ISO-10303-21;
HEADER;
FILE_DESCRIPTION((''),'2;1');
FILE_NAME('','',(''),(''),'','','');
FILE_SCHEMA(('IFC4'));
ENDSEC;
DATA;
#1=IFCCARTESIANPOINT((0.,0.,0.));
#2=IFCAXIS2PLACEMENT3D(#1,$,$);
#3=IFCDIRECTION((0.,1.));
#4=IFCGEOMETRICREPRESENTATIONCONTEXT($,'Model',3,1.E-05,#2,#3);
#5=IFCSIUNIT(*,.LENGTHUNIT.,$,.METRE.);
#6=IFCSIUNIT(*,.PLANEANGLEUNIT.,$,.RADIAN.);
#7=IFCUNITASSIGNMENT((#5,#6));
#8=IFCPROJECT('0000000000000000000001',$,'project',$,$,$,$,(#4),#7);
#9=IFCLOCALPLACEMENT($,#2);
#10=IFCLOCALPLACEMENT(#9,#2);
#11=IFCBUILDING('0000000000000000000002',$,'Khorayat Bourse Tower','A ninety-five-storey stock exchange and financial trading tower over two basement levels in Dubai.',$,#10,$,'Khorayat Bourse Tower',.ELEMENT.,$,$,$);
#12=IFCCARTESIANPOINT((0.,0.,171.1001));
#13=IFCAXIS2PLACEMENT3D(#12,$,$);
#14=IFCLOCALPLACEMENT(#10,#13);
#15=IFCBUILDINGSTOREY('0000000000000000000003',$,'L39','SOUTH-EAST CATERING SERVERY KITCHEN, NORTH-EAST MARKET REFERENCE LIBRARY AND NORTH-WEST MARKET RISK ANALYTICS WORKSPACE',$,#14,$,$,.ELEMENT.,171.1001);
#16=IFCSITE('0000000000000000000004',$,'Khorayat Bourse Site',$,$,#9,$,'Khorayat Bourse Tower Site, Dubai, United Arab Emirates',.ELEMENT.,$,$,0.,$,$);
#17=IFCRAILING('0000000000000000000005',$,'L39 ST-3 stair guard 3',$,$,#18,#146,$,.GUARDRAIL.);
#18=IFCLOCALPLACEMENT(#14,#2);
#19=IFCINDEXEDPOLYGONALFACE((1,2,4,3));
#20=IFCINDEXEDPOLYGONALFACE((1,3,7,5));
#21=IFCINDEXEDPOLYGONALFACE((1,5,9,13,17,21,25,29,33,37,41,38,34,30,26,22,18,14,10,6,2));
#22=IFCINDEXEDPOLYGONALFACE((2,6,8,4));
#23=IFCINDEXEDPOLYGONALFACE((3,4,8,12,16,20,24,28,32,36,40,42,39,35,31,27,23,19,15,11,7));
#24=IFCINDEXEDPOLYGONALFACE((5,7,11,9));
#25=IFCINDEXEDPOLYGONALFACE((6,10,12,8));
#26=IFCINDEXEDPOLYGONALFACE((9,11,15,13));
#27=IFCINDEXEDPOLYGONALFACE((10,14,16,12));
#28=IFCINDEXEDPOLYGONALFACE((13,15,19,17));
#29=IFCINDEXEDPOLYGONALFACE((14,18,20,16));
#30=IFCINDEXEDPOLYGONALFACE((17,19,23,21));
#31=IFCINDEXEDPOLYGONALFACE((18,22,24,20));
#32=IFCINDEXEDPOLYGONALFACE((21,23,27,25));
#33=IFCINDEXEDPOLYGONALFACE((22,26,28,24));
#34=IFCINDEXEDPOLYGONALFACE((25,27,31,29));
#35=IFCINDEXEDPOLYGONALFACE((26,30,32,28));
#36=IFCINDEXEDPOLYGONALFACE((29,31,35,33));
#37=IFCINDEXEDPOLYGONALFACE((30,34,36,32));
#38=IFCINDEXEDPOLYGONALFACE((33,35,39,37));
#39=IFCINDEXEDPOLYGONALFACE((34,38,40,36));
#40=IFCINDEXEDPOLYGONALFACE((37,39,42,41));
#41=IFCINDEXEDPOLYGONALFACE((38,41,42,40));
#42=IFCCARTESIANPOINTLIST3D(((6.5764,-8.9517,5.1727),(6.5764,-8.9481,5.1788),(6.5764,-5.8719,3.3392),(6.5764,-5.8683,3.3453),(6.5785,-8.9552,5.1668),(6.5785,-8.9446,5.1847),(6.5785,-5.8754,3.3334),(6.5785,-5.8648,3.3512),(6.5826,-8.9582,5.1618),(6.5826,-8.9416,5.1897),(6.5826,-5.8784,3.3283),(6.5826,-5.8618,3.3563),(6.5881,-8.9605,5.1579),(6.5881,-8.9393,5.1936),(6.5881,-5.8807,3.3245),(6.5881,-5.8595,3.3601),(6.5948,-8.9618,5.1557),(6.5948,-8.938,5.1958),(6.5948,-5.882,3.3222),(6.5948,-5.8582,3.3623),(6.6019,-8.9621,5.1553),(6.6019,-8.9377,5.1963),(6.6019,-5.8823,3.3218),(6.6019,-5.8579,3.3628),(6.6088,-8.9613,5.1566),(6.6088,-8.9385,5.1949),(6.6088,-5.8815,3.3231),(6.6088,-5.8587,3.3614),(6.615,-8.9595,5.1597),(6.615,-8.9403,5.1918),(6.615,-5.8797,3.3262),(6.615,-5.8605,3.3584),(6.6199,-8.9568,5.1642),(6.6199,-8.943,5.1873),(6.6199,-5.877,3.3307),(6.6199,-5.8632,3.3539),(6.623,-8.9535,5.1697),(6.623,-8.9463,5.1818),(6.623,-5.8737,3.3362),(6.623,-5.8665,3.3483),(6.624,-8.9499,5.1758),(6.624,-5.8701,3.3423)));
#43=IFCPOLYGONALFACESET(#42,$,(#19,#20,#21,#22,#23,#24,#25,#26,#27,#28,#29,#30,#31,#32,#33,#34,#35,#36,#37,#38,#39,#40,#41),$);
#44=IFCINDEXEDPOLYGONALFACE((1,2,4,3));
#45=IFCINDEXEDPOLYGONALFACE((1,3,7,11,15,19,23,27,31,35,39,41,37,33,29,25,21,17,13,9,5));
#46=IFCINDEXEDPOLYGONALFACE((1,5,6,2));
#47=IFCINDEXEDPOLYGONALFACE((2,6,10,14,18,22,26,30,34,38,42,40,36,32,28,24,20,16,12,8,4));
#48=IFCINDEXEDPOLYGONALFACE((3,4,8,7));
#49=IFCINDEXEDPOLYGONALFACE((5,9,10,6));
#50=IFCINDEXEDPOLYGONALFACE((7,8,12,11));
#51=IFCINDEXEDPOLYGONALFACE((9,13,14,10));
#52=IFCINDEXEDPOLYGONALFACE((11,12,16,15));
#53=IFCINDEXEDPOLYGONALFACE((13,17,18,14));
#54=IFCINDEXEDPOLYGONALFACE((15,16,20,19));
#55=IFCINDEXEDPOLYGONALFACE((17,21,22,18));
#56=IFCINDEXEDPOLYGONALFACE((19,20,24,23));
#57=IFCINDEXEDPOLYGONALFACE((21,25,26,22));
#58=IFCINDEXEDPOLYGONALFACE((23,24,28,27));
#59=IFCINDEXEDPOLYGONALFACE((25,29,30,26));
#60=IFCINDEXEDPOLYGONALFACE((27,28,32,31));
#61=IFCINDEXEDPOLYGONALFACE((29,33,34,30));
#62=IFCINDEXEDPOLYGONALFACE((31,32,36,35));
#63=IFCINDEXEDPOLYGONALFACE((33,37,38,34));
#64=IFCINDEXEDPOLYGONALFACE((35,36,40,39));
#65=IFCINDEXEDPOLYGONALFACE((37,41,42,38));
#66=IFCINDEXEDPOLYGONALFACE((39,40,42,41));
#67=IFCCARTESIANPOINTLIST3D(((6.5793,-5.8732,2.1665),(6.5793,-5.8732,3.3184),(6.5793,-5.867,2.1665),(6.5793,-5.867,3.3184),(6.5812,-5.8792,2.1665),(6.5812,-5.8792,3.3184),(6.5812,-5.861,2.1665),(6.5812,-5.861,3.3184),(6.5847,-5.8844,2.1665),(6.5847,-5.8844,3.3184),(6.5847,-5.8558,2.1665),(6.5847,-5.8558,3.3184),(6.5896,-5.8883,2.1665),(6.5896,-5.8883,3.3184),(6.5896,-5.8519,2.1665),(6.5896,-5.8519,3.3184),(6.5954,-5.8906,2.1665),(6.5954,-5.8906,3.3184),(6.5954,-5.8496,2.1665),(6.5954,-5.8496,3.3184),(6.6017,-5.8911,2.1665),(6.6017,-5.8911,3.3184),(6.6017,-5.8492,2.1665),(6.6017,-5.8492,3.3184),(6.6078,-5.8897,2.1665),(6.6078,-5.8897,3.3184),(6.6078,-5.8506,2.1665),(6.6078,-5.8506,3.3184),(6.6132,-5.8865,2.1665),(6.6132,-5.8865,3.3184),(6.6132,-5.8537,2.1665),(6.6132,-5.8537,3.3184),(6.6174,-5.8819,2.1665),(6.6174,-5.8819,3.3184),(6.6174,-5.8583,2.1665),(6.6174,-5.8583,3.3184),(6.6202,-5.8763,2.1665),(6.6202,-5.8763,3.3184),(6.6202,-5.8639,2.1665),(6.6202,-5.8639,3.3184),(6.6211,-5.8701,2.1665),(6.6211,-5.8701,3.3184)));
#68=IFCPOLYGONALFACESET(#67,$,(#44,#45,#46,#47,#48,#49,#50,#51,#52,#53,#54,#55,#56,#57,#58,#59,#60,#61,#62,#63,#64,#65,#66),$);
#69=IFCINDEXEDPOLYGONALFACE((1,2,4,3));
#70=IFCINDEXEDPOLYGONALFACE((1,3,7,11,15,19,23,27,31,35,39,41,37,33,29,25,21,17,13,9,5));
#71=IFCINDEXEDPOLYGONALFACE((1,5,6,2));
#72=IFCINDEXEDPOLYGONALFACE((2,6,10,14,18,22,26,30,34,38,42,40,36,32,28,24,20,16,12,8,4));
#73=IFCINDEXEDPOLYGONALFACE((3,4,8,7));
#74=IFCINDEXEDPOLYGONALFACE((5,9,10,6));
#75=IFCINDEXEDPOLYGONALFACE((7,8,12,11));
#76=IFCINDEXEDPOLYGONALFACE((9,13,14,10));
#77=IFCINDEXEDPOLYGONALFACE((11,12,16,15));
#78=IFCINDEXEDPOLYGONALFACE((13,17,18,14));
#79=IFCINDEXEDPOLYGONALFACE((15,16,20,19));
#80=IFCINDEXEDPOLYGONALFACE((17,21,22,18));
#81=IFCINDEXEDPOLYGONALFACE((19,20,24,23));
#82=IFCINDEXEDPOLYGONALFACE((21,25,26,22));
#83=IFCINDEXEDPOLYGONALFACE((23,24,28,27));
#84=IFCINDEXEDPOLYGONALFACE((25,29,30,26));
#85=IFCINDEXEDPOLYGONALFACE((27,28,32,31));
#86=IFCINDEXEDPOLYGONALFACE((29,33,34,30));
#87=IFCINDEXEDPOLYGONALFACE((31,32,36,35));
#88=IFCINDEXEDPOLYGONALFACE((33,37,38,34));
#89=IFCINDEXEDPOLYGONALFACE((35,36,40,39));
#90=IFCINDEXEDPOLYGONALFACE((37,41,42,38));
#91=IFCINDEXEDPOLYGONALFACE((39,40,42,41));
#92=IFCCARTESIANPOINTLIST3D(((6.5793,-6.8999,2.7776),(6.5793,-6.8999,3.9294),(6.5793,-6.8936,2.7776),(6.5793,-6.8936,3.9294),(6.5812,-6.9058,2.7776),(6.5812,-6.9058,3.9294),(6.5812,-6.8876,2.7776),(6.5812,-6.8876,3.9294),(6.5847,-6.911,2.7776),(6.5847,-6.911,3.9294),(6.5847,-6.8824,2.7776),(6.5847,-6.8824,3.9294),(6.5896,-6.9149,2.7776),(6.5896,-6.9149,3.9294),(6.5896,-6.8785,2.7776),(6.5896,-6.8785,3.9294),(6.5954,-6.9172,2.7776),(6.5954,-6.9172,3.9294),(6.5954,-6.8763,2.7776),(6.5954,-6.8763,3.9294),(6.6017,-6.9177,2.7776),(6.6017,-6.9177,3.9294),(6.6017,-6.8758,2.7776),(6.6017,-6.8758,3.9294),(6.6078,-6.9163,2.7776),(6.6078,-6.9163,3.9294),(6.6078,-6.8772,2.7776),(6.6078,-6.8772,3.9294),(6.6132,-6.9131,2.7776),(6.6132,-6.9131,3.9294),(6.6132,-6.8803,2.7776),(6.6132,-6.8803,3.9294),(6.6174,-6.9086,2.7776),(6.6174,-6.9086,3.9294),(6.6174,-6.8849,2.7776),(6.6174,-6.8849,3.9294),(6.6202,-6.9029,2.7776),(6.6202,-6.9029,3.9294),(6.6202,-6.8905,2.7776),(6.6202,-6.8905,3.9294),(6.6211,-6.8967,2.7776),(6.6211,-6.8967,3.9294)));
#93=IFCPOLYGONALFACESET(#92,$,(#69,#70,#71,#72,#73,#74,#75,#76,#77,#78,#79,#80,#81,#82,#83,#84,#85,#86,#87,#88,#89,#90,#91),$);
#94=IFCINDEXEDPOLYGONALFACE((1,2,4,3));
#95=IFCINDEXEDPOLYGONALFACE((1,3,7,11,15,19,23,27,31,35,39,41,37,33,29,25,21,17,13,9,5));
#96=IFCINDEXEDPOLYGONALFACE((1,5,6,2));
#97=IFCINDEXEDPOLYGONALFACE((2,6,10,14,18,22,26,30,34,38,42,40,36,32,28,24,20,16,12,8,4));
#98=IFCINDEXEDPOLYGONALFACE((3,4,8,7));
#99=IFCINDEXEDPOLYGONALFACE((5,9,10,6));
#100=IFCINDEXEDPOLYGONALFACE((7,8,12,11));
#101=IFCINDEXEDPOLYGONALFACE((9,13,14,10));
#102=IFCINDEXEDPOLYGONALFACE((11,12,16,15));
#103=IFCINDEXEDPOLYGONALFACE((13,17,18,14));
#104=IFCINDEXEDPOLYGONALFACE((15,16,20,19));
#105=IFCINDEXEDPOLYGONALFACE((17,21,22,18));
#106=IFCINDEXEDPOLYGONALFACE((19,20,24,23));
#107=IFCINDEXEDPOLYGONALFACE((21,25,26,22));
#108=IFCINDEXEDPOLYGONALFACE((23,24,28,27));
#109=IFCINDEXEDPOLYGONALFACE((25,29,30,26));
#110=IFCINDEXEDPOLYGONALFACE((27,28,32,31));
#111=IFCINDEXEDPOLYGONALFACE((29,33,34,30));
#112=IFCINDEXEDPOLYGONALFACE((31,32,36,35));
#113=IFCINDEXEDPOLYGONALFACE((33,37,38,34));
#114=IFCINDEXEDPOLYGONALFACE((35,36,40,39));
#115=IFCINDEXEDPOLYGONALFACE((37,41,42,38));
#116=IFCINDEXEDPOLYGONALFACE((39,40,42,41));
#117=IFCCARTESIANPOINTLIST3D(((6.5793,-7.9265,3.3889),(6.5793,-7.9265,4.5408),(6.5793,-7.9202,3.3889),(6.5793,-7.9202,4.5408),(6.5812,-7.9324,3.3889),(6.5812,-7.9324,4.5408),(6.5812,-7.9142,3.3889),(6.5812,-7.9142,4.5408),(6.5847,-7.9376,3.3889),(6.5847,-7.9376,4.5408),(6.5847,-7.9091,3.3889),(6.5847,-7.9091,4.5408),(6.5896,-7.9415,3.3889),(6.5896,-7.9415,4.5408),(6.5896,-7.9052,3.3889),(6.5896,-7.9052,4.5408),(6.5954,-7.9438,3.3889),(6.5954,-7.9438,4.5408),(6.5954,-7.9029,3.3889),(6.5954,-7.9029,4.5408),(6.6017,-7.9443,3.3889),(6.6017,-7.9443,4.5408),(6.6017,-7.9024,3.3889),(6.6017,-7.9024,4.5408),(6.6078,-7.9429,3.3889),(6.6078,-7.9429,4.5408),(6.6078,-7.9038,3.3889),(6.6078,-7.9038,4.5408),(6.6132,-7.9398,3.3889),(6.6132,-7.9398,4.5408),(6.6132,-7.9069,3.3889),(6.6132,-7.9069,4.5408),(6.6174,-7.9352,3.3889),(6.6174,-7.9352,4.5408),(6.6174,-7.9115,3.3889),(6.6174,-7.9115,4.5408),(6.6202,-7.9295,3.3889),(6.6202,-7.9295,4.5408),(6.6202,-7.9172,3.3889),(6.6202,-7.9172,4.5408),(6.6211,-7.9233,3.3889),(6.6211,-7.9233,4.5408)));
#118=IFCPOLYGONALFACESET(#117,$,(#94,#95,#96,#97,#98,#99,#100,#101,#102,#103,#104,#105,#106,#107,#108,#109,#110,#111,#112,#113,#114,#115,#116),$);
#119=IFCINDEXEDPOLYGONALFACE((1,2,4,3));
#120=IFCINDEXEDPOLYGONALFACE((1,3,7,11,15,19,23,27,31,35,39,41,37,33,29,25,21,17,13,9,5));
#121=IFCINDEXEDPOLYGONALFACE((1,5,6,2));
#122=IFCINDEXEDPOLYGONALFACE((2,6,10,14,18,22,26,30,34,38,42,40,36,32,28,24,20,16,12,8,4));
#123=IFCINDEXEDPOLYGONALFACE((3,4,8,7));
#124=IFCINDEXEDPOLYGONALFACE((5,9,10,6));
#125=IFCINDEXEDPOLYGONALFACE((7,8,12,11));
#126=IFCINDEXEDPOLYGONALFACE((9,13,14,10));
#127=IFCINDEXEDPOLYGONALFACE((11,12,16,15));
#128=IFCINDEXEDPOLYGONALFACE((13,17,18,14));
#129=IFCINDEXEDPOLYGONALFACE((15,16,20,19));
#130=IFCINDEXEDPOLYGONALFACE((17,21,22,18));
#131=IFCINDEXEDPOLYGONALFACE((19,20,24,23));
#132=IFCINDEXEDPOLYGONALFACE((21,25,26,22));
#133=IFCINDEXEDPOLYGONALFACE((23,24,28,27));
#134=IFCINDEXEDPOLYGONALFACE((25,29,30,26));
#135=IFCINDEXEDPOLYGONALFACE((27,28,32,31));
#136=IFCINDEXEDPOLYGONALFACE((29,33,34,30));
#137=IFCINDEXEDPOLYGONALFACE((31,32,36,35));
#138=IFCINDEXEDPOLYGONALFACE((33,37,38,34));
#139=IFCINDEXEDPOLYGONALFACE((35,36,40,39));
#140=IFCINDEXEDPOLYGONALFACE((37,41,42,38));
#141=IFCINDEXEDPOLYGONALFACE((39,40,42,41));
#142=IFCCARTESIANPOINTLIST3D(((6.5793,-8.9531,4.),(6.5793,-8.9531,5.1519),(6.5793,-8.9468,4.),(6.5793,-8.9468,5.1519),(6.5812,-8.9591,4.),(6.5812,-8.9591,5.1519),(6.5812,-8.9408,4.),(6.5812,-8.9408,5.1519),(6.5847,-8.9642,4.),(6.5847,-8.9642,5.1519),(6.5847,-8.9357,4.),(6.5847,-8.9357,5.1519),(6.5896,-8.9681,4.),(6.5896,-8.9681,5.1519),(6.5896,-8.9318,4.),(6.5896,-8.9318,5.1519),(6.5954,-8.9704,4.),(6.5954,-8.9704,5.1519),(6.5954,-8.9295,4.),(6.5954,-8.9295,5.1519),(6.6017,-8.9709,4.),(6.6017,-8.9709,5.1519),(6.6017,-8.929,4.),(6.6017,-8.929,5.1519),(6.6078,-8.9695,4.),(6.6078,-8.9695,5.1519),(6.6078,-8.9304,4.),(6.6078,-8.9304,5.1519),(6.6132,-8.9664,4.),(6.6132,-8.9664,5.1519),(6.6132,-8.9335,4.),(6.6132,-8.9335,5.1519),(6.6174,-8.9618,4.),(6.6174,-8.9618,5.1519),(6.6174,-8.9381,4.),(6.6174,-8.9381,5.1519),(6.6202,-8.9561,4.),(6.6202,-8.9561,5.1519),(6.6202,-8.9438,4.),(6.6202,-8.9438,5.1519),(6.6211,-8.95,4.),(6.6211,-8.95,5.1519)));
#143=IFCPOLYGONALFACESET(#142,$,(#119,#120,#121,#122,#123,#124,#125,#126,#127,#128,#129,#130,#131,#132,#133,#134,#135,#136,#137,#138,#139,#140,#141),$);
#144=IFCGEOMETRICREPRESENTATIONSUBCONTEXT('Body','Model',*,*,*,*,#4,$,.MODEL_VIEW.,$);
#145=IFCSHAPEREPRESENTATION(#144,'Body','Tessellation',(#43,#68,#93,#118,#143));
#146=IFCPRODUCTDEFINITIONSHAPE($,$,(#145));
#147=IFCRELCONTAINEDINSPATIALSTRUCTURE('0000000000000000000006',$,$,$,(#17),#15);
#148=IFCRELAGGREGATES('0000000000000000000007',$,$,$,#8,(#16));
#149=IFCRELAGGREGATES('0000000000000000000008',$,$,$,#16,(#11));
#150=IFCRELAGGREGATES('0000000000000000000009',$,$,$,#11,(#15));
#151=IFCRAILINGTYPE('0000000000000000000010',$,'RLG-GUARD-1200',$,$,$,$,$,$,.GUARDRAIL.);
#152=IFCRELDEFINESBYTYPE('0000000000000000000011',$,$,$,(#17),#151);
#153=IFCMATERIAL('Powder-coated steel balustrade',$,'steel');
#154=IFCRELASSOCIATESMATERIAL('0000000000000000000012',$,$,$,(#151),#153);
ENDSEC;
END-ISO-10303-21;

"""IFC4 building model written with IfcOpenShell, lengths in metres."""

from ifc_helpers import new_model, si_unit, direction, frame, origin, origin_2d, place, context, subcontext, project, spatial, circle, extrude, source, transform, mapped, material, type_object, element, save


model = new_model("IFC4")

# Units and contexts
model_context = context("Model", 3, precision=1e-05, world=origin(), true_north=direction((0.0, 1.0)))
body_context = subcontext(model_context, "Body", "Model", "MODEL_VIEW")
ifc_project = project(units=[si_unit("LENGTHUNIT", "METRE"), si_unit("PLANEANGLEUNIT", "RADIAN")], contexts=[model_context])

# Site, building, storey
site_placement = place(None, origin())
site = spatial("IfcSite", under=ifc_project, at=site_placement, Name="Khorayat Bourse Site", LongName="Khorayat Bourse Tower Site, Dubai, United Arab Emirates", CompositionType="ELEMENT", RefElevation=0.0)
building_placement = place(site_placement, origin())
building = spatial("IfcBuilding", under=site, at=building_placement, Name="Khorayat Bourse Tower", Description="A ninety-five-storey stock exchange and financial trading tower over two basement levels in Dubai.", LongName="Khorayat Bourse Tower", CompositionType="ELEMENT")
storey_placement = place(building_placement, frame((0.0, 0.0, 171.1001)))
storey = spatial("IfcBuildingStorey", under=building, at=storey_placement, Name="L39", Description="SOUTH-EAST CATERING SERVERY KITCHEN, NORTH-EAST MARKET REFERENCE LIBRARY AND NORTH-WEST MARKET RISK ANALYTICS WORKSPACE", CompositionType="ELEMENT", Elevation=171.1001)

# Railing
ifc_material_1 = material(Name="Powder-coated steel balustrade", Category="steel")
railing_type_1 = type_object("IfcRailingType", Name="RLG-GUARD-1200", PredefinedType="GUARDRAIL", material=ifc_material_1)
shared_shape_1 = source(origin(), body_context, "Body", "SweptSolid", [
    extrude(circle(Radius=0.0239, at=origin_2d()), frame((0.0, 0.0, 1.1758), z_axis=(0.0, -0.859261, 0.511538), x_axis=(1.0, 0.0, 0.0)), (0.0, 0.0, 1.0), 3.5842),
    extrude(circle(Radius=0.021, at=origin_2d()), origin(), (0.0, 0.0, 1.0), 1.1519),
    extrude(circle(Radius=0.021, at=origin_2d()), frame((0.0, -1.0266, 0.6111)), (0.0, 0.0, 1.0), 1.1519),
    extrude(circle(Radius=0.021, at=origin_2d()), frame((0.0, -2.0532, 1.2224)), (0.0, 0.0, 1.0), 1.1519),
    extrude(circle(Radius=0.021, at=origin_2d()), frame((0.0, -3.0798, 1.8335)), (0.0, 0.0, 1.0), 1.1519),
])
railing_1_placement = place(storey_placement, frame((6.6001, -5.8701, 2.1665)))
element("IfcRailing", 1, at=railing_1_placement, inside=storey, type_object=railing_type_1, Name="L39 ST-3 stair guard 3", PredefinedType="GUARDRAIL", context=body_context, shape_type="MappedRepresentation", body=[
    mapped(shared_shape_1, transform((0.0, 0.0, 0.0), scale=1.0)),
])

save(model, "model.ifc")
